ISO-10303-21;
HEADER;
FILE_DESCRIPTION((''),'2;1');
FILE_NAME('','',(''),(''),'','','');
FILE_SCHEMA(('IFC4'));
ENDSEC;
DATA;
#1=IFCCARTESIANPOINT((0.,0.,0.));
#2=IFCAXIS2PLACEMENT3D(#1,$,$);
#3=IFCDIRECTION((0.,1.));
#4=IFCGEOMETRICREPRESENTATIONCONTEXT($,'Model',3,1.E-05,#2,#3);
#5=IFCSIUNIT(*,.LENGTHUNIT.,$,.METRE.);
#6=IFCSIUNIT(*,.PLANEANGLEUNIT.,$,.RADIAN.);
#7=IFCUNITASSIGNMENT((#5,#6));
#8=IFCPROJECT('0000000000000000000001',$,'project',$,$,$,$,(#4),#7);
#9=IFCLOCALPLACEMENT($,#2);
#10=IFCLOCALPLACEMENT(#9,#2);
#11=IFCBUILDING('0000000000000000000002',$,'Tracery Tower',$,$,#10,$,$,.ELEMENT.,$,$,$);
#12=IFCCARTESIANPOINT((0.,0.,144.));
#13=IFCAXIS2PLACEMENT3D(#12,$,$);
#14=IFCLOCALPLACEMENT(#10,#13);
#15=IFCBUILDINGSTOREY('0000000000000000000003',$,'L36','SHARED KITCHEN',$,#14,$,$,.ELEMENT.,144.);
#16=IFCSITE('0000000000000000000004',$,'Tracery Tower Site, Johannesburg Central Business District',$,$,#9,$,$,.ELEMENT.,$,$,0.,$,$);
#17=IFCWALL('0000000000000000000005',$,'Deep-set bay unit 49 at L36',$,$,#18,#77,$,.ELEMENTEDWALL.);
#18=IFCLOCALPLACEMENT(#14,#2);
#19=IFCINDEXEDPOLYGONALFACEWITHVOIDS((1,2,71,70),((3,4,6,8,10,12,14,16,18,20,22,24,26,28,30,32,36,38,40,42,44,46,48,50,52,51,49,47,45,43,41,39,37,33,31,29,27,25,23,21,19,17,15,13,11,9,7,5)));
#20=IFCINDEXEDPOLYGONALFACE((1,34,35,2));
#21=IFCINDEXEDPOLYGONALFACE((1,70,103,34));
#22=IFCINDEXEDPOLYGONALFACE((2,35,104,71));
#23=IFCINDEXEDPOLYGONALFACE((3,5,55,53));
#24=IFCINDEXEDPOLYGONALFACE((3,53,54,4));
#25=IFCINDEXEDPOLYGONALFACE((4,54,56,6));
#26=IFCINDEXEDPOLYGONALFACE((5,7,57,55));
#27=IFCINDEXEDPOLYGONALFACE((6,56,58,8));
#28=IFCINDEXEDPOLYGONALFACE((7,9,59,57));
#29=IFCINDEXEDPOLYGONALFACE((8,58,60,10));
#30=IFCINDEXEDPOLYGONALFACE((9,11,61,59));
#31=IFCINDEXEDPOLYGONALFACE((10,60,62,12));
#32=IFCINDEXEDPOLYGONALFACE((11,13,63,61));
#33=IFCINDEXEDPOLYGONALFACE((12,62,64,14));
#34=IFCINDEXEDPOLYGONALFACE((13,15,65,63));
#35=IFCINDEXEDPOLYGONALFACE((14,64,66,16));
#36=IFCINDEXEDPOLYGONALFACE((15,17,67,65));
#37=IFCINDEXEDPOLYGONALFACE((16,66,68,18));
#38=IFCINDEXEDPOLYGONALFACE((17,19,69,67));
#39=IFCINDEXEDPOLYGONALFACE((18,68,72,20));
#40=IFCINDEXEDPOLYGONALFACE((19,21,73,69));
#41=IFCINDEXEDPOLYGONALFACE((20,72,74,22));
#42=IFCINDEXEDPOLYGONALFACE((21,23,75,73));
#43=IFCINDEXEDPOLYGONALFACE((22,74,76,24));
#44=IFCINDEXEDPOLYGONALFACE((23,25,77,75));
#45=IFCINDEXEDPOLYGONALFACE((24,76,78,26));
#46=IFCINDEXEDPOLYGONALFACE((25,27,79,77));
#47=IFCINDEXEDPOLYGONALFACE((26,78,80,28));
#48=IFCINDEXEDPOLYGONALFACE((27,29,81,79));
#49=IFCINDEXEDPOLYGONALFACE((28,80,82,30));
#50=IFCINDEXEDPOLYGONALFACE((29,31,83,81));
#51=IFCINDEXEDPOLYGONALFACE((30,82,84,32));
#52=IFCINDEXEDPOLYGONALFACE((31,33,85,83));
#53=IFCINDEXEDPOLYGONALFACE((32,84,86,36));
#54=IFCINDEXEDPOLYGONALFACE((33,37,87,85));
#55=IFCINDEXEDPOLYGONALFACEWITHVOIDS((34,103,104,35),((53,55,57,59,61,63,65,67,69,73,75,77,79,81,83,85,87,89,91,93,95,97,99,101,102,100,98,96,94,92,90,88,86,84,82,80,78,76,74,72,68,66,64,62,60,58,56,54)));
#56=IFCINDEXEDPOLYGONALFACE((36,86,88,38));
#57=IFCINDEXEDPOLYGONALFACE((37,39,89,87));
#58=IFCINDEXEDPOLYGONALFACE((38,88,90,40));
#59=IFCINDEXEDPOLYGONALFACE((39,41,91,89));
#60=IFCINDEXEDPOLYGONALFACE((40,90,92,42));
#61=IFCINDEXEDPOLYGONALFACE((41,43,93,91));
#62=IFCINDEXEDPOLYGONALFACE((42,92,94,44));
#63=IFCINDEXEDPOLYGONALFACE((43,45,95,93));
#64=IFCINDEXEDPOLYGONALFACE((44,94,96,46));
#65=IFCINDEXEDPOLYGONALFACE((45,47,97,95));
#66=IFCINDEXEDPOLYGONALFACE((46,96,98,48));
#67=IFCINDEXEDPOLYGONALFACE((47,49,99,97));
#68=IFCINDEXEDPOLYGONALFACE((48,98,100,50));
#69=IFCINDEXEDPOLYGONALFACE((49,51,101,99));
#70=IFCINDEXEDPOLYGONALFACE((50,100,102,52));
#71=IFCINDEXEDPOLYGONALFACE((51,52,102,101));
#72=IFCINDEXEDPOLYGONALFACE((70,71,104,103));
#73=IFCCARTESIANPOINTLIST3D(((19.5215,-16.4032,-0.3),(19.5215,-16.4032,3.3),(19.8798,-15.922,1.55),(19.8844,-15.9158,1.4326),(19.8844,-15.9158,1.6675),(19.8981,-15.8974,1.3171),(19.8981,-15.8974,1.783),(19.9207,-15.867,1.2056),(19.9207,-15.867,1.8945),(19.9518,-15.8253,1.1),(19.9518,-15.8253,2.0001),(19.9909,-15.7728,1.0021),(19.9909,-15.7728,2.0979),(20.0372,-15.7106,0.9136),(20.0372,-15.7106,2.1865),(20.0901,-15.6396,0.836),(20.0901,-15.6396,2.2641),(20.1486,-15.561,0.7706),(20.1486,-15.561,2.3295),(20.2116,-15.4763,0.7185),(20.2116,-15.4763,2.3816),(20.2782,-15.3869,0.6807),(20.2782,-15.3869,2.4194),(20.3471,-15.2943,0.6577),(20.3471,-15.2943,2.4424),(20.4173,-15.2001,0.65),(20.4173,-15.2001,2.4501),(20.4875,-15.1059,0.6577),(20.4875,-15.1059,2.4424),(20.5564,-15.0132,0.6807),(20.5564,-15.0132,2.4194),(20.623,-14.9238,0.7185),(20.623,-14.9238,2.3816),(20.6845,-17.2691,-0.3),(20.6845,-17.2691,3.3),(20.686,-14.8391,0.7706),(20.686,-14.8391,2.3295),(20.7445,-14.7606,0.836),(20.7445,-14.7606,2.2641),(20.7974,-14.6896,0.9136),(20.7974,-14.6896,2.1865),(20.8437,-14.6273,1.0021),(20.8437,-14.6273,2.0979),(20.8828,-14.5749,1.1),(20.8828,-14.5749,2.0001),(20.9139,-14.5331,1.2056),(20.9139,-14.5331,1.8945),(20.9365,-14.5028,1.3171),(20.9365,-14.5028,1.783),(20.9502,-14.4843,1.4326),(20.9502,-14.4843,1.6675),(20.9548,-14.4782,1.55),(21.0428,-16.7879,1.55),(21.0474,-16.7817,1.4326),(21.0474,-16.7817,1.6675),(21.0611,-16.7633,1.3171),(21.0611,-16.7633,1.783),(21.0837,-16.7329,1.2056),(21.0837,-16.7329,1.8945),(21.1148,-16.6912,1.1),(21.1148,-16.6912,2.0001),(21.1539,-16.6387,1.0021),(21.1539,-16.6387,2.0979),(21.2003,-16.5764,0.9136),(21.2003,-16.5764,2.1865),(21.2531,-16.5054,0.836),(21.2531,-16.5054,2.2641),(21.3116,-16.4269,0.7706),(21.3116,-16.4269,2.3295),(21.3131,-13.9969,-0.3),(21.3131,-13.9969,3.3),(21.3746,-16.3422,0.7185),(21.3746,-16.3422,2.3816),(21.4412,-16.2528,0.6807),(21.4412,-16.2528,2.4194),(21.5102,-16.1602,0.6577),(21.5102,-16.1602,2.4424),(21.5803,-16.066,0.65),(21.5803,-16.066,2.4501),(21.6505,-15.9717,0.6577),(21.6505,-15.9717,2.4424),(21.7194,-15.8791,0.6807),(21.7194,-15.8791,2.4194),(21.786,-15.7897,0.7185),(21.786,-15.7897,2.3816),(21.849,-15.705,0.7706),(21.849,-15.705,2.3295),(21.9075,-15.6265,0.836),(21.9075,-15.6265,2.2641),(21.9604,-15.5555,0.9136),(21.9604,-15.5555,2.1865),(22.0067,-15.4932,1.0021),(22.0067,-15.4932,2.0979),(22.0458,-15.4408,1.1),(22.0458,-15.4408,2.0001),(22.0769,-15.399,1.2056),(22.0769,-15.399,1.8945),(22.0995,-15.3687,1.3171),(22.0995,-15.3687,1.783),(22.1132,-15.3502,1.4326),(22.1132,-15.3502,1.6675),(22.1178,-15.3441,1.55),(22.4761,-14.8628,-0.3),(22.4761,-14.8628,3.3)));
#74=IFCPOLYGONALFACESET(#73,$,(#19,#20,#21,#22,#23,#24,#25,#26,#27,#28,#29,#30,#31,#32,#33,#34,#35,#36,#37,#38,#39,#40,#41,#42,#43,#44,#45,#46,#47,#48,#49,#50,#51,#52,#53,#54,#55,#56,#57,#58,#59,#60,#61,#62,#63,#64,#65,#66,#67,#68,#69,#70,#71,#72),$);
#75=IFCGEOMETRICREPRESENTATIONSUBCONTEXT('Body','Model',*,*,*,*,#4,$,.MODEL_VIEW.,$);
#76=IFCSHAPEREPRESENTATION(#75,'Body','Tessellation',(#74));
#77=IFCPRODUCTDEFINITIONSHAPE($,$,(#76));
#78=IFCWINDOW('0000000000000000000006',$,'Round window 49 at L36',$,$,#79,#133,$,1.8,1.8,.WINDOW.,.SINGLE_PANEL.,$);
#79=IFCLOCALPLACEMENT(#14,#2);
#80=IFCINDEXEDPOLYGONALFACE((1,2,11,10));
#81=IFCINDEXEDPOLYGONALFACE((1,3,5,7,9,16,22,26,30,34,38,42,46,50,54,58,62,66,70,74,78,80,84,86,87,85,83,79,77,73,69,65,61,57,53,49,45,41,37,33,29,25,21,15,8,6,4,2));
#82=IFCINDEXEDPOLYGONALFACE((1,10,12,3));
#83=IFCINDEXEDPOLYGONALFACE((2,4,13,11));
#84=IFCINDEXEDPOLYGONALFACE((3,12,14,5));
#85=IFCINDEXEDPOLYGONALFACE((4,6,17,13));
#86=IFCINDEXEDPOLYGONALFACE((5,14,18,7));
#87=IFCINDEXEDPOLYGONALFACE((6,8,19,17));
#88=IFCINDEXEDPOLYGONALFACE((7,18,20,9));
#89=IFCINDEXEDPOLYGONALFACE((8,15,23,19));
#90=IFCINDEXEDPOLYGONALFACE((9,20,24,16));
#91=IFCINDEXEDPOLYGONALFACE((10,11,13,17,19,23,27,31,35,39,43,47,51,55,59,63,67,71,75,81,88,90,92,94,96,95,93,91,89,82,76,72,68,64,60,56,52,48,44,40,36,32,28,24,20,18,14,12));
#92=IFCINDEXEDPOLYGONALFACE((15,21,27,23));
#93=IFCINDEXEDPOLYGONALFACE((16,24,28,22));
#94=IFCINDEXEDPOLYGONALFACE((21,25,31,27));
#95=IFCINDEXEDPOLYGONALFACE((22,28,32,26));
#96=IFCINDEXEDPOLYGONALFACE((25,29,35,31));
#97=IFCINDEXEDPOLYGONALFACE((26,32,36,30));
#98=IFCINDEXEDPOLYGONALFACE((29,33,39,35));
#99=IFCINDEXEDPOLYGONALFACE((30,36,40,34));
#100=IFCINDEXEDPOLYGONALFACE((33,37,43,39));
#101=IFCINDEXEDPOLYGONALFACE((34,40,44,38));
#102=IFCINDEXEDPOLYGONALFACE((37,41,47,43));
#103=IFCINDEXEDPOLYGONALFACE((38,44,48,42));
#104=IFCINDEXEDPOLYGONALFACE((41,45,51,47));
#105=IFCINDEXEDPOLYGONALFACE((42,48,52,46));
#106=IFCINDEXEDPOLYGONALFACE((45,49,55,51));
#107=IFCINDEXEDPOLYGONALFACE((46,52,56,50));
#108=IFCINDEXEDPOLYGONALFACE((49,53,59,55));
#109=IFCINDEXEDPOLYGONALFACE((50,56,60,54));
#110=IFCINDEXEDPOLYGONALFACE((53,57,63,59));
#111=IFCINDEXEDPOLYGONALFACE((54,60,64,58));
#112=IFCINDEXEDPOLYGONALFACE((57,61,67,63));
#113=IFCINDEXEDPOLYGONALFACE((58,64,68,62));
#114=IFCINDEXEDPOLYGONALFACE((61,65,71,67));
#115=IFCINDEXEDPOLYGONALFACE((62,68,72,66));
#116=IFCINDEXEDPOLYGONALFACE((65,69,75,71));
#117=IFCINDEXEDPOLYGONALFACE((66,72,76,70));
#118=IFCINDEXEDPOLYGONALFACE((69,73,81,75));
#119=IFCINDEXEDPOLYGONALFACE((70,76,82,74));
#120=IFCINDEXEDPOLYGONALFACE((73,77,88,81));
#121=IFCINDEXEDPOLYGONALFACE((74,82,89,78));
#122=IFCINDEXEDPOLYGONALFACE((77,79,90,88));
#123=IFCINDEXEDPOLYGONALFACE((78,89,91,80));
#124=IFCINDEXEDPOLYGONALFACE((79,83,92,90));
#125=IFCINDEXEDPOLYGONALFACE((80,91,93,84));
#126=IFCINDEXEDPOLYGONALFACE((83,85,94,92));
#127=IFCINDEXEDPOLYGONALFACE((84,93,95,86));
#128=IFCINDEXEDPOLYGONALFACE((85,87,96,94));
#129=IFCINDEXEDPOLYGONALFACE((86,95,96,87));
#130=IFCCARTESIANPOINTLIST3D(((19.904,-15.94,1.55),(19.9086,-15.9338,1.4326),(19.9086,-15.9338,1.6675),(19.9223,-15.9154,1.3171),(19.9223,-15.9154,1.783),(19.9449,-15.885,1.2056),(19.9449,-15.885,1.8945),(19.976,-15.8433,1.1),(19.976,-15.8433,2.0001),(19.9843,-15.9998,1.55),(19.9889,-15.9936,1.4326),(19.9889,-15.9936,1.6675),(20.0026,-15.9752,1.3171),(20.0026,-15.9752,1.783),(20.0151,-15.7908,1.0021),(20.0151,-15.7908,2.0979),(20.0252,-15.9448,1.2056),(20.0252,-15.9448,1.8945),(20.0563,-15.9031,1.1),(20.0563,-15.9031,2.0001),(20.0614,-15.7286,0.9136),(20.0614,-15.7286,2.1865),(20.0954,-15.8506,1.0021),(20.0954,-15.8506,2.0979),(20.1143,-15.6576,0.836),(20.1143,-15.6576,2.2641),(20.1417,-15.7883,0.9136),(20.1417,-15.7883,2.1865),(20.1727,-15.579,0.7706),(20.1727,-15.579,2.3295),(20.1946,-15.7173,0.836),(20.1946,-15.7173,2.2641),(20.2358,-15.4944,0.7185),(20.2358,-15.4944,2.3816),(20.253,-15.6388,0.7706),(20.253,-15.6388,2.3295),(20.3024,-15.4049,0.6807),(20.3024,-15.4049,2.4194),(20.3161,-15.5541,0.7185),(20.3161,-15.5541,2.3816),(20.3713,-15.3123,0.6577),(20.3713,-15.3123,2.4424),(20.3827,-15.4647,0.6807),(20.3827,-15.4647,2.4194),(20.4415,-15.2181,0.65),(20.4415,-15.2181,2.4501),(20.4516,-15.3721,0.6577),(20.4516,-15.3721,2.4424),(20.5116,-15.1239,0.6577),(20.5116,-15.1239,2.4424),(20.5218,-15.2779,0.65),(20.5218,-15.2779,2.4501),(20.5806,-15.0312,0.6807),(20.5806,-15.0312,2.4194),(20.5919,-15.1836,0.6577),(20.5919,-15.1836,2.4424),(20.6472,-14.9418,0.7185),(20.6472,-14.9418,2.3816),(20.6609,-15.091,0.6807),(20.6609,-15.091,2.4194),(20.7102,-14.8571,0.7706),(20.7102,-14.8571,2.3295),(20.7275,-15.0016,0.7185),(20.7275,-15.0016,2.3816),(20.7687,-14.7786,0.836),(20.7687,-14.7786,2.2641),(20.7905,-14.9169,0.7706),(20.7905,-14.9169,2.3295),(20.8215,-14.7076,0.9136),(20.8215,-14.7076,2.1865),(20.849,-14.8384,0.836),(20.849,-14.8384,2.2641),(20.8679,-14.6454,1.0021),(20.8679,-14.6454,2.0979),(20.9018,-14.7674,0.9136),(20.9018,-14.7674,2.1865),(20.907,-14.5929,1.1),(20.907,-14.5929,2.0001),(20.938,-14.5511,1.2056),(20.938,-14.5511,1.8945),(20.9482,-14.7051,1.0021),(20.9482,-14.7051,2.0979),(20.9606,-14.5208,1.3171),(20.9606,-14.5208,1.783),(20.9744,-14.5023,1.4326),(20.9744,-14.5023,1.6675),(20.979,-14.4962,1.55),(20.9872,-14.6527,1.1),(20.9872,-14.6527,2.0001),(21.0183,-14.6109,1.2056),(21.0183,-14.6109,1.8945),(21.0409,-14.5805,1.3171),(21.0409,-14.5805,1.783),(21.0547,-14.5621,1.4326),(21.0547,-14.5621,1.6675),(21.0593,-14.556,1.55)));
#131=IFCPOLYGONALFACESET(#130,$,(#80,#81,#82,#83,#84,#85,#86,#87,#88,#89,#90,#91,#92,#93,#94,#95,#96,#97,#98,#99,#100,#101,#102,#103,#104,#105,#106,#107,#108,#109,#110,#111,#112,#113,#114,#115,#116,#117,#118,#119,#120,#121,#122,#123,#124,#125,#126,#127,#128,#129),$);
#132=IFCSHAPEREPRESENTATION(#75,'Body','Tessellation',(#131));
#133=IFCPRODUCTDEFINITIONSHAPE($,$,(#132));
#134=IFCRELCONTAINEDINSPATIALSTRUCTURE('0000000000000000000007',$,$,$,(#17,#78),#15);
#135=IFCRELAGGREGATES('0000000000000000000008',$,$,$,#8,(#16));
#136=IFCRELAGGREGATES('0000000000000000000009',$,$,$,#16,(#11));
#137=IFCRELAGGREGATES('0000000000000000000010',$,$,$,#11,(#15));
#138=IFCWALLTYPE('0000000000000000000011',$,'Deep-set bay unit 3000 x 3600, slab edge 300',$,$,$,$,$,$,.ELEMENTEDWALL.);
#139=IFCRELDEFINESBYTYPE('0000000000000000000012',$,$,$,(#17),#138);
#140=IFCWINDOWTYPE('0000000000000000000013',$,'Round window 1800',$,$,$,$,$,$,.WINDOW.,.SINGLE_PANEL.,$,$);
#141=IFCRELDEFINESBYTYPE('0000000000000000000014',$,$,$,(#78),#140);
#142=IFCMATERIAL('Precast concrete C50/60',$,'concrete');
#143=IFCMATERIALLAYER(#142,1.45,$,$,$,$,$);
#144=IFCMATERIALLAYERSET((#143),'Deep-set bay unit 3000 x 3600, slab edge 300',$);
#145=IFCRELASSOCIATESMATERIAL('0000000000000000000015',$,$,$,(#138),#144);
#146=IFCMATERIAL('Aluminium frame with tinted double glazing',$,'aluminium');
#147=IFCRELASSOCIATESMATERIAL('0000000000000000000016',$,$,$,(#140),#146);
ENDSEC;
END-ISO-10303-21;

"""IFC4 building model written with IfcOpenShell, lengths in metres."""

from ifc_helpers import new_model, si_unit, direction, frame, frame_2d, origin, origin_2d, place, context, subcontext, project, spatial, rectangle, circle, extrude, material, layer, layer_set, type_object, element, fill, save


model = new_model("IFC4")

# Units and contexts
model_context = context("Model", 3, precision=1e-05, world=origin(), true_north=direction((0.0, 1.0)))
body_context = subcontext(model_context, "Body", "Model", "MODEL_VIEW")
ifc_project = project(units=[si_unit("LENGTHUNIT", "METRE"), si_unit("PLANEANGLEUNIT", "RADIAN")], contexts=[model_context])

# Site, building, storey
site_placement = place(None, origin())
site = spatial("IfcSite", under=ifc_project, at=site_placement, Name="Tracery Tower Site, Johannesburg Central Business District", CompositionType="ELEMENT", RefElevation=0.0)
building_placement = place(site_placement, origin())
building = spatial("IfcBuilding", under=site, at=building_placement, Name="Tracery Tower", CompositionType="ELEMENT")
storey_placement = place(building_placement, frame((0.0, 0.0, 144.0)))
storey = spatial("IfcBuildingStorey", under=building, at=storey_placement, Name="L36", Description="SHARED KITCHEN", CompositionType="ELEMENT", Elevation=144.0)

# Wall, opening, window
ifc_material_1 = material(Name="Precast concrete C50/60", Category="concrete")
ifc_layer_1 = layer(ifc_material_1, 1.45)
ifc_layer_set_1 = layer_set([ifc_layer_1], Name="Deep-set bay unit 3000 x 3600, slab edge 300")
wall_type_1 = type_object("IfcWallType", Name="Deep-set bay unit 3000 x 3600, slab edge 300", PredefinedType="ELEMENTEDWALL", material=ifc_layer_set_1)
ifc_material_2 = material(Name="Aluminium frame with tinted double glazing", Category="aluminium")
window_type = type_object("IfcWindowType", Name="Round window 1800", PartitioningType="SINGLE_PANEL", PredefinedType="WINDOW", material=ifc_material_2)
wall_1_placement = place(storey_placement, frame((20.103, -16.8362, -0.3), z_axis=(0.0, 0.0, 1.0), x_axis=(0.597184, 0.802104, 0.0)))
wall_1 = element("IfcWall", 1, at=wall_1_placement, inside=storey, type_object=wall_type_1, Name="Deep-set bay unit 49 at L36", PredefinedType="ELEMENTEDWALL", context=body_context, shape_type="SweptSolid", body=[
    extrude(rectangle(XDim=3.0, YDim=1.45, at=frame_2d((1.5, 0.0))), origin(), (0.0, 0.0, 1.0), 3.6001),
])
opening_1_placement = place(wall_1_placement, frame((1.5, 0.0, 1.8501)))
opening_1 = element("IfcOpeningElement", 2, at=opening_1_placement, cuts=wall_1, PredefinedType="OPENING", context=body_context, shape_type="SweptSolid", body=[
    extrude(circle(Radius=0.9, at=origin_2d()), frame((0.0, 0.7349, 0.0), z_axis=(0.0, -1.0, 0.0), x_axis=(1.0, 0.0, 0.0)), (0.0, 0.0, 1.0), 1.47),
])
window_1_placement = place(opening_1_placement, origin())
window_1 = element("IfcWindow", 3, at=window_1_placement, inside=storey, type_object=window_type, Name="Round window 49 at L36", OverallHeight=1.8, OverallWidth=1.8, PartitioningType="SINGLE_PANEL", PredefinedType="WINDOW", context=body_context, shape_type="SweptSolid", body=[
    extrude(circle(Radius=0.9, at=origin_2d()), frame((0.0, 0.6948, 0.0), z_axis=(0.0, -1.0, 0.0), x_axis=(1.0, 0.0, 0.0)), (0.0, 0.0, 1.0), 0.1001),
])
fill(opening_1, window_1)

save(model, "model.ifc")
